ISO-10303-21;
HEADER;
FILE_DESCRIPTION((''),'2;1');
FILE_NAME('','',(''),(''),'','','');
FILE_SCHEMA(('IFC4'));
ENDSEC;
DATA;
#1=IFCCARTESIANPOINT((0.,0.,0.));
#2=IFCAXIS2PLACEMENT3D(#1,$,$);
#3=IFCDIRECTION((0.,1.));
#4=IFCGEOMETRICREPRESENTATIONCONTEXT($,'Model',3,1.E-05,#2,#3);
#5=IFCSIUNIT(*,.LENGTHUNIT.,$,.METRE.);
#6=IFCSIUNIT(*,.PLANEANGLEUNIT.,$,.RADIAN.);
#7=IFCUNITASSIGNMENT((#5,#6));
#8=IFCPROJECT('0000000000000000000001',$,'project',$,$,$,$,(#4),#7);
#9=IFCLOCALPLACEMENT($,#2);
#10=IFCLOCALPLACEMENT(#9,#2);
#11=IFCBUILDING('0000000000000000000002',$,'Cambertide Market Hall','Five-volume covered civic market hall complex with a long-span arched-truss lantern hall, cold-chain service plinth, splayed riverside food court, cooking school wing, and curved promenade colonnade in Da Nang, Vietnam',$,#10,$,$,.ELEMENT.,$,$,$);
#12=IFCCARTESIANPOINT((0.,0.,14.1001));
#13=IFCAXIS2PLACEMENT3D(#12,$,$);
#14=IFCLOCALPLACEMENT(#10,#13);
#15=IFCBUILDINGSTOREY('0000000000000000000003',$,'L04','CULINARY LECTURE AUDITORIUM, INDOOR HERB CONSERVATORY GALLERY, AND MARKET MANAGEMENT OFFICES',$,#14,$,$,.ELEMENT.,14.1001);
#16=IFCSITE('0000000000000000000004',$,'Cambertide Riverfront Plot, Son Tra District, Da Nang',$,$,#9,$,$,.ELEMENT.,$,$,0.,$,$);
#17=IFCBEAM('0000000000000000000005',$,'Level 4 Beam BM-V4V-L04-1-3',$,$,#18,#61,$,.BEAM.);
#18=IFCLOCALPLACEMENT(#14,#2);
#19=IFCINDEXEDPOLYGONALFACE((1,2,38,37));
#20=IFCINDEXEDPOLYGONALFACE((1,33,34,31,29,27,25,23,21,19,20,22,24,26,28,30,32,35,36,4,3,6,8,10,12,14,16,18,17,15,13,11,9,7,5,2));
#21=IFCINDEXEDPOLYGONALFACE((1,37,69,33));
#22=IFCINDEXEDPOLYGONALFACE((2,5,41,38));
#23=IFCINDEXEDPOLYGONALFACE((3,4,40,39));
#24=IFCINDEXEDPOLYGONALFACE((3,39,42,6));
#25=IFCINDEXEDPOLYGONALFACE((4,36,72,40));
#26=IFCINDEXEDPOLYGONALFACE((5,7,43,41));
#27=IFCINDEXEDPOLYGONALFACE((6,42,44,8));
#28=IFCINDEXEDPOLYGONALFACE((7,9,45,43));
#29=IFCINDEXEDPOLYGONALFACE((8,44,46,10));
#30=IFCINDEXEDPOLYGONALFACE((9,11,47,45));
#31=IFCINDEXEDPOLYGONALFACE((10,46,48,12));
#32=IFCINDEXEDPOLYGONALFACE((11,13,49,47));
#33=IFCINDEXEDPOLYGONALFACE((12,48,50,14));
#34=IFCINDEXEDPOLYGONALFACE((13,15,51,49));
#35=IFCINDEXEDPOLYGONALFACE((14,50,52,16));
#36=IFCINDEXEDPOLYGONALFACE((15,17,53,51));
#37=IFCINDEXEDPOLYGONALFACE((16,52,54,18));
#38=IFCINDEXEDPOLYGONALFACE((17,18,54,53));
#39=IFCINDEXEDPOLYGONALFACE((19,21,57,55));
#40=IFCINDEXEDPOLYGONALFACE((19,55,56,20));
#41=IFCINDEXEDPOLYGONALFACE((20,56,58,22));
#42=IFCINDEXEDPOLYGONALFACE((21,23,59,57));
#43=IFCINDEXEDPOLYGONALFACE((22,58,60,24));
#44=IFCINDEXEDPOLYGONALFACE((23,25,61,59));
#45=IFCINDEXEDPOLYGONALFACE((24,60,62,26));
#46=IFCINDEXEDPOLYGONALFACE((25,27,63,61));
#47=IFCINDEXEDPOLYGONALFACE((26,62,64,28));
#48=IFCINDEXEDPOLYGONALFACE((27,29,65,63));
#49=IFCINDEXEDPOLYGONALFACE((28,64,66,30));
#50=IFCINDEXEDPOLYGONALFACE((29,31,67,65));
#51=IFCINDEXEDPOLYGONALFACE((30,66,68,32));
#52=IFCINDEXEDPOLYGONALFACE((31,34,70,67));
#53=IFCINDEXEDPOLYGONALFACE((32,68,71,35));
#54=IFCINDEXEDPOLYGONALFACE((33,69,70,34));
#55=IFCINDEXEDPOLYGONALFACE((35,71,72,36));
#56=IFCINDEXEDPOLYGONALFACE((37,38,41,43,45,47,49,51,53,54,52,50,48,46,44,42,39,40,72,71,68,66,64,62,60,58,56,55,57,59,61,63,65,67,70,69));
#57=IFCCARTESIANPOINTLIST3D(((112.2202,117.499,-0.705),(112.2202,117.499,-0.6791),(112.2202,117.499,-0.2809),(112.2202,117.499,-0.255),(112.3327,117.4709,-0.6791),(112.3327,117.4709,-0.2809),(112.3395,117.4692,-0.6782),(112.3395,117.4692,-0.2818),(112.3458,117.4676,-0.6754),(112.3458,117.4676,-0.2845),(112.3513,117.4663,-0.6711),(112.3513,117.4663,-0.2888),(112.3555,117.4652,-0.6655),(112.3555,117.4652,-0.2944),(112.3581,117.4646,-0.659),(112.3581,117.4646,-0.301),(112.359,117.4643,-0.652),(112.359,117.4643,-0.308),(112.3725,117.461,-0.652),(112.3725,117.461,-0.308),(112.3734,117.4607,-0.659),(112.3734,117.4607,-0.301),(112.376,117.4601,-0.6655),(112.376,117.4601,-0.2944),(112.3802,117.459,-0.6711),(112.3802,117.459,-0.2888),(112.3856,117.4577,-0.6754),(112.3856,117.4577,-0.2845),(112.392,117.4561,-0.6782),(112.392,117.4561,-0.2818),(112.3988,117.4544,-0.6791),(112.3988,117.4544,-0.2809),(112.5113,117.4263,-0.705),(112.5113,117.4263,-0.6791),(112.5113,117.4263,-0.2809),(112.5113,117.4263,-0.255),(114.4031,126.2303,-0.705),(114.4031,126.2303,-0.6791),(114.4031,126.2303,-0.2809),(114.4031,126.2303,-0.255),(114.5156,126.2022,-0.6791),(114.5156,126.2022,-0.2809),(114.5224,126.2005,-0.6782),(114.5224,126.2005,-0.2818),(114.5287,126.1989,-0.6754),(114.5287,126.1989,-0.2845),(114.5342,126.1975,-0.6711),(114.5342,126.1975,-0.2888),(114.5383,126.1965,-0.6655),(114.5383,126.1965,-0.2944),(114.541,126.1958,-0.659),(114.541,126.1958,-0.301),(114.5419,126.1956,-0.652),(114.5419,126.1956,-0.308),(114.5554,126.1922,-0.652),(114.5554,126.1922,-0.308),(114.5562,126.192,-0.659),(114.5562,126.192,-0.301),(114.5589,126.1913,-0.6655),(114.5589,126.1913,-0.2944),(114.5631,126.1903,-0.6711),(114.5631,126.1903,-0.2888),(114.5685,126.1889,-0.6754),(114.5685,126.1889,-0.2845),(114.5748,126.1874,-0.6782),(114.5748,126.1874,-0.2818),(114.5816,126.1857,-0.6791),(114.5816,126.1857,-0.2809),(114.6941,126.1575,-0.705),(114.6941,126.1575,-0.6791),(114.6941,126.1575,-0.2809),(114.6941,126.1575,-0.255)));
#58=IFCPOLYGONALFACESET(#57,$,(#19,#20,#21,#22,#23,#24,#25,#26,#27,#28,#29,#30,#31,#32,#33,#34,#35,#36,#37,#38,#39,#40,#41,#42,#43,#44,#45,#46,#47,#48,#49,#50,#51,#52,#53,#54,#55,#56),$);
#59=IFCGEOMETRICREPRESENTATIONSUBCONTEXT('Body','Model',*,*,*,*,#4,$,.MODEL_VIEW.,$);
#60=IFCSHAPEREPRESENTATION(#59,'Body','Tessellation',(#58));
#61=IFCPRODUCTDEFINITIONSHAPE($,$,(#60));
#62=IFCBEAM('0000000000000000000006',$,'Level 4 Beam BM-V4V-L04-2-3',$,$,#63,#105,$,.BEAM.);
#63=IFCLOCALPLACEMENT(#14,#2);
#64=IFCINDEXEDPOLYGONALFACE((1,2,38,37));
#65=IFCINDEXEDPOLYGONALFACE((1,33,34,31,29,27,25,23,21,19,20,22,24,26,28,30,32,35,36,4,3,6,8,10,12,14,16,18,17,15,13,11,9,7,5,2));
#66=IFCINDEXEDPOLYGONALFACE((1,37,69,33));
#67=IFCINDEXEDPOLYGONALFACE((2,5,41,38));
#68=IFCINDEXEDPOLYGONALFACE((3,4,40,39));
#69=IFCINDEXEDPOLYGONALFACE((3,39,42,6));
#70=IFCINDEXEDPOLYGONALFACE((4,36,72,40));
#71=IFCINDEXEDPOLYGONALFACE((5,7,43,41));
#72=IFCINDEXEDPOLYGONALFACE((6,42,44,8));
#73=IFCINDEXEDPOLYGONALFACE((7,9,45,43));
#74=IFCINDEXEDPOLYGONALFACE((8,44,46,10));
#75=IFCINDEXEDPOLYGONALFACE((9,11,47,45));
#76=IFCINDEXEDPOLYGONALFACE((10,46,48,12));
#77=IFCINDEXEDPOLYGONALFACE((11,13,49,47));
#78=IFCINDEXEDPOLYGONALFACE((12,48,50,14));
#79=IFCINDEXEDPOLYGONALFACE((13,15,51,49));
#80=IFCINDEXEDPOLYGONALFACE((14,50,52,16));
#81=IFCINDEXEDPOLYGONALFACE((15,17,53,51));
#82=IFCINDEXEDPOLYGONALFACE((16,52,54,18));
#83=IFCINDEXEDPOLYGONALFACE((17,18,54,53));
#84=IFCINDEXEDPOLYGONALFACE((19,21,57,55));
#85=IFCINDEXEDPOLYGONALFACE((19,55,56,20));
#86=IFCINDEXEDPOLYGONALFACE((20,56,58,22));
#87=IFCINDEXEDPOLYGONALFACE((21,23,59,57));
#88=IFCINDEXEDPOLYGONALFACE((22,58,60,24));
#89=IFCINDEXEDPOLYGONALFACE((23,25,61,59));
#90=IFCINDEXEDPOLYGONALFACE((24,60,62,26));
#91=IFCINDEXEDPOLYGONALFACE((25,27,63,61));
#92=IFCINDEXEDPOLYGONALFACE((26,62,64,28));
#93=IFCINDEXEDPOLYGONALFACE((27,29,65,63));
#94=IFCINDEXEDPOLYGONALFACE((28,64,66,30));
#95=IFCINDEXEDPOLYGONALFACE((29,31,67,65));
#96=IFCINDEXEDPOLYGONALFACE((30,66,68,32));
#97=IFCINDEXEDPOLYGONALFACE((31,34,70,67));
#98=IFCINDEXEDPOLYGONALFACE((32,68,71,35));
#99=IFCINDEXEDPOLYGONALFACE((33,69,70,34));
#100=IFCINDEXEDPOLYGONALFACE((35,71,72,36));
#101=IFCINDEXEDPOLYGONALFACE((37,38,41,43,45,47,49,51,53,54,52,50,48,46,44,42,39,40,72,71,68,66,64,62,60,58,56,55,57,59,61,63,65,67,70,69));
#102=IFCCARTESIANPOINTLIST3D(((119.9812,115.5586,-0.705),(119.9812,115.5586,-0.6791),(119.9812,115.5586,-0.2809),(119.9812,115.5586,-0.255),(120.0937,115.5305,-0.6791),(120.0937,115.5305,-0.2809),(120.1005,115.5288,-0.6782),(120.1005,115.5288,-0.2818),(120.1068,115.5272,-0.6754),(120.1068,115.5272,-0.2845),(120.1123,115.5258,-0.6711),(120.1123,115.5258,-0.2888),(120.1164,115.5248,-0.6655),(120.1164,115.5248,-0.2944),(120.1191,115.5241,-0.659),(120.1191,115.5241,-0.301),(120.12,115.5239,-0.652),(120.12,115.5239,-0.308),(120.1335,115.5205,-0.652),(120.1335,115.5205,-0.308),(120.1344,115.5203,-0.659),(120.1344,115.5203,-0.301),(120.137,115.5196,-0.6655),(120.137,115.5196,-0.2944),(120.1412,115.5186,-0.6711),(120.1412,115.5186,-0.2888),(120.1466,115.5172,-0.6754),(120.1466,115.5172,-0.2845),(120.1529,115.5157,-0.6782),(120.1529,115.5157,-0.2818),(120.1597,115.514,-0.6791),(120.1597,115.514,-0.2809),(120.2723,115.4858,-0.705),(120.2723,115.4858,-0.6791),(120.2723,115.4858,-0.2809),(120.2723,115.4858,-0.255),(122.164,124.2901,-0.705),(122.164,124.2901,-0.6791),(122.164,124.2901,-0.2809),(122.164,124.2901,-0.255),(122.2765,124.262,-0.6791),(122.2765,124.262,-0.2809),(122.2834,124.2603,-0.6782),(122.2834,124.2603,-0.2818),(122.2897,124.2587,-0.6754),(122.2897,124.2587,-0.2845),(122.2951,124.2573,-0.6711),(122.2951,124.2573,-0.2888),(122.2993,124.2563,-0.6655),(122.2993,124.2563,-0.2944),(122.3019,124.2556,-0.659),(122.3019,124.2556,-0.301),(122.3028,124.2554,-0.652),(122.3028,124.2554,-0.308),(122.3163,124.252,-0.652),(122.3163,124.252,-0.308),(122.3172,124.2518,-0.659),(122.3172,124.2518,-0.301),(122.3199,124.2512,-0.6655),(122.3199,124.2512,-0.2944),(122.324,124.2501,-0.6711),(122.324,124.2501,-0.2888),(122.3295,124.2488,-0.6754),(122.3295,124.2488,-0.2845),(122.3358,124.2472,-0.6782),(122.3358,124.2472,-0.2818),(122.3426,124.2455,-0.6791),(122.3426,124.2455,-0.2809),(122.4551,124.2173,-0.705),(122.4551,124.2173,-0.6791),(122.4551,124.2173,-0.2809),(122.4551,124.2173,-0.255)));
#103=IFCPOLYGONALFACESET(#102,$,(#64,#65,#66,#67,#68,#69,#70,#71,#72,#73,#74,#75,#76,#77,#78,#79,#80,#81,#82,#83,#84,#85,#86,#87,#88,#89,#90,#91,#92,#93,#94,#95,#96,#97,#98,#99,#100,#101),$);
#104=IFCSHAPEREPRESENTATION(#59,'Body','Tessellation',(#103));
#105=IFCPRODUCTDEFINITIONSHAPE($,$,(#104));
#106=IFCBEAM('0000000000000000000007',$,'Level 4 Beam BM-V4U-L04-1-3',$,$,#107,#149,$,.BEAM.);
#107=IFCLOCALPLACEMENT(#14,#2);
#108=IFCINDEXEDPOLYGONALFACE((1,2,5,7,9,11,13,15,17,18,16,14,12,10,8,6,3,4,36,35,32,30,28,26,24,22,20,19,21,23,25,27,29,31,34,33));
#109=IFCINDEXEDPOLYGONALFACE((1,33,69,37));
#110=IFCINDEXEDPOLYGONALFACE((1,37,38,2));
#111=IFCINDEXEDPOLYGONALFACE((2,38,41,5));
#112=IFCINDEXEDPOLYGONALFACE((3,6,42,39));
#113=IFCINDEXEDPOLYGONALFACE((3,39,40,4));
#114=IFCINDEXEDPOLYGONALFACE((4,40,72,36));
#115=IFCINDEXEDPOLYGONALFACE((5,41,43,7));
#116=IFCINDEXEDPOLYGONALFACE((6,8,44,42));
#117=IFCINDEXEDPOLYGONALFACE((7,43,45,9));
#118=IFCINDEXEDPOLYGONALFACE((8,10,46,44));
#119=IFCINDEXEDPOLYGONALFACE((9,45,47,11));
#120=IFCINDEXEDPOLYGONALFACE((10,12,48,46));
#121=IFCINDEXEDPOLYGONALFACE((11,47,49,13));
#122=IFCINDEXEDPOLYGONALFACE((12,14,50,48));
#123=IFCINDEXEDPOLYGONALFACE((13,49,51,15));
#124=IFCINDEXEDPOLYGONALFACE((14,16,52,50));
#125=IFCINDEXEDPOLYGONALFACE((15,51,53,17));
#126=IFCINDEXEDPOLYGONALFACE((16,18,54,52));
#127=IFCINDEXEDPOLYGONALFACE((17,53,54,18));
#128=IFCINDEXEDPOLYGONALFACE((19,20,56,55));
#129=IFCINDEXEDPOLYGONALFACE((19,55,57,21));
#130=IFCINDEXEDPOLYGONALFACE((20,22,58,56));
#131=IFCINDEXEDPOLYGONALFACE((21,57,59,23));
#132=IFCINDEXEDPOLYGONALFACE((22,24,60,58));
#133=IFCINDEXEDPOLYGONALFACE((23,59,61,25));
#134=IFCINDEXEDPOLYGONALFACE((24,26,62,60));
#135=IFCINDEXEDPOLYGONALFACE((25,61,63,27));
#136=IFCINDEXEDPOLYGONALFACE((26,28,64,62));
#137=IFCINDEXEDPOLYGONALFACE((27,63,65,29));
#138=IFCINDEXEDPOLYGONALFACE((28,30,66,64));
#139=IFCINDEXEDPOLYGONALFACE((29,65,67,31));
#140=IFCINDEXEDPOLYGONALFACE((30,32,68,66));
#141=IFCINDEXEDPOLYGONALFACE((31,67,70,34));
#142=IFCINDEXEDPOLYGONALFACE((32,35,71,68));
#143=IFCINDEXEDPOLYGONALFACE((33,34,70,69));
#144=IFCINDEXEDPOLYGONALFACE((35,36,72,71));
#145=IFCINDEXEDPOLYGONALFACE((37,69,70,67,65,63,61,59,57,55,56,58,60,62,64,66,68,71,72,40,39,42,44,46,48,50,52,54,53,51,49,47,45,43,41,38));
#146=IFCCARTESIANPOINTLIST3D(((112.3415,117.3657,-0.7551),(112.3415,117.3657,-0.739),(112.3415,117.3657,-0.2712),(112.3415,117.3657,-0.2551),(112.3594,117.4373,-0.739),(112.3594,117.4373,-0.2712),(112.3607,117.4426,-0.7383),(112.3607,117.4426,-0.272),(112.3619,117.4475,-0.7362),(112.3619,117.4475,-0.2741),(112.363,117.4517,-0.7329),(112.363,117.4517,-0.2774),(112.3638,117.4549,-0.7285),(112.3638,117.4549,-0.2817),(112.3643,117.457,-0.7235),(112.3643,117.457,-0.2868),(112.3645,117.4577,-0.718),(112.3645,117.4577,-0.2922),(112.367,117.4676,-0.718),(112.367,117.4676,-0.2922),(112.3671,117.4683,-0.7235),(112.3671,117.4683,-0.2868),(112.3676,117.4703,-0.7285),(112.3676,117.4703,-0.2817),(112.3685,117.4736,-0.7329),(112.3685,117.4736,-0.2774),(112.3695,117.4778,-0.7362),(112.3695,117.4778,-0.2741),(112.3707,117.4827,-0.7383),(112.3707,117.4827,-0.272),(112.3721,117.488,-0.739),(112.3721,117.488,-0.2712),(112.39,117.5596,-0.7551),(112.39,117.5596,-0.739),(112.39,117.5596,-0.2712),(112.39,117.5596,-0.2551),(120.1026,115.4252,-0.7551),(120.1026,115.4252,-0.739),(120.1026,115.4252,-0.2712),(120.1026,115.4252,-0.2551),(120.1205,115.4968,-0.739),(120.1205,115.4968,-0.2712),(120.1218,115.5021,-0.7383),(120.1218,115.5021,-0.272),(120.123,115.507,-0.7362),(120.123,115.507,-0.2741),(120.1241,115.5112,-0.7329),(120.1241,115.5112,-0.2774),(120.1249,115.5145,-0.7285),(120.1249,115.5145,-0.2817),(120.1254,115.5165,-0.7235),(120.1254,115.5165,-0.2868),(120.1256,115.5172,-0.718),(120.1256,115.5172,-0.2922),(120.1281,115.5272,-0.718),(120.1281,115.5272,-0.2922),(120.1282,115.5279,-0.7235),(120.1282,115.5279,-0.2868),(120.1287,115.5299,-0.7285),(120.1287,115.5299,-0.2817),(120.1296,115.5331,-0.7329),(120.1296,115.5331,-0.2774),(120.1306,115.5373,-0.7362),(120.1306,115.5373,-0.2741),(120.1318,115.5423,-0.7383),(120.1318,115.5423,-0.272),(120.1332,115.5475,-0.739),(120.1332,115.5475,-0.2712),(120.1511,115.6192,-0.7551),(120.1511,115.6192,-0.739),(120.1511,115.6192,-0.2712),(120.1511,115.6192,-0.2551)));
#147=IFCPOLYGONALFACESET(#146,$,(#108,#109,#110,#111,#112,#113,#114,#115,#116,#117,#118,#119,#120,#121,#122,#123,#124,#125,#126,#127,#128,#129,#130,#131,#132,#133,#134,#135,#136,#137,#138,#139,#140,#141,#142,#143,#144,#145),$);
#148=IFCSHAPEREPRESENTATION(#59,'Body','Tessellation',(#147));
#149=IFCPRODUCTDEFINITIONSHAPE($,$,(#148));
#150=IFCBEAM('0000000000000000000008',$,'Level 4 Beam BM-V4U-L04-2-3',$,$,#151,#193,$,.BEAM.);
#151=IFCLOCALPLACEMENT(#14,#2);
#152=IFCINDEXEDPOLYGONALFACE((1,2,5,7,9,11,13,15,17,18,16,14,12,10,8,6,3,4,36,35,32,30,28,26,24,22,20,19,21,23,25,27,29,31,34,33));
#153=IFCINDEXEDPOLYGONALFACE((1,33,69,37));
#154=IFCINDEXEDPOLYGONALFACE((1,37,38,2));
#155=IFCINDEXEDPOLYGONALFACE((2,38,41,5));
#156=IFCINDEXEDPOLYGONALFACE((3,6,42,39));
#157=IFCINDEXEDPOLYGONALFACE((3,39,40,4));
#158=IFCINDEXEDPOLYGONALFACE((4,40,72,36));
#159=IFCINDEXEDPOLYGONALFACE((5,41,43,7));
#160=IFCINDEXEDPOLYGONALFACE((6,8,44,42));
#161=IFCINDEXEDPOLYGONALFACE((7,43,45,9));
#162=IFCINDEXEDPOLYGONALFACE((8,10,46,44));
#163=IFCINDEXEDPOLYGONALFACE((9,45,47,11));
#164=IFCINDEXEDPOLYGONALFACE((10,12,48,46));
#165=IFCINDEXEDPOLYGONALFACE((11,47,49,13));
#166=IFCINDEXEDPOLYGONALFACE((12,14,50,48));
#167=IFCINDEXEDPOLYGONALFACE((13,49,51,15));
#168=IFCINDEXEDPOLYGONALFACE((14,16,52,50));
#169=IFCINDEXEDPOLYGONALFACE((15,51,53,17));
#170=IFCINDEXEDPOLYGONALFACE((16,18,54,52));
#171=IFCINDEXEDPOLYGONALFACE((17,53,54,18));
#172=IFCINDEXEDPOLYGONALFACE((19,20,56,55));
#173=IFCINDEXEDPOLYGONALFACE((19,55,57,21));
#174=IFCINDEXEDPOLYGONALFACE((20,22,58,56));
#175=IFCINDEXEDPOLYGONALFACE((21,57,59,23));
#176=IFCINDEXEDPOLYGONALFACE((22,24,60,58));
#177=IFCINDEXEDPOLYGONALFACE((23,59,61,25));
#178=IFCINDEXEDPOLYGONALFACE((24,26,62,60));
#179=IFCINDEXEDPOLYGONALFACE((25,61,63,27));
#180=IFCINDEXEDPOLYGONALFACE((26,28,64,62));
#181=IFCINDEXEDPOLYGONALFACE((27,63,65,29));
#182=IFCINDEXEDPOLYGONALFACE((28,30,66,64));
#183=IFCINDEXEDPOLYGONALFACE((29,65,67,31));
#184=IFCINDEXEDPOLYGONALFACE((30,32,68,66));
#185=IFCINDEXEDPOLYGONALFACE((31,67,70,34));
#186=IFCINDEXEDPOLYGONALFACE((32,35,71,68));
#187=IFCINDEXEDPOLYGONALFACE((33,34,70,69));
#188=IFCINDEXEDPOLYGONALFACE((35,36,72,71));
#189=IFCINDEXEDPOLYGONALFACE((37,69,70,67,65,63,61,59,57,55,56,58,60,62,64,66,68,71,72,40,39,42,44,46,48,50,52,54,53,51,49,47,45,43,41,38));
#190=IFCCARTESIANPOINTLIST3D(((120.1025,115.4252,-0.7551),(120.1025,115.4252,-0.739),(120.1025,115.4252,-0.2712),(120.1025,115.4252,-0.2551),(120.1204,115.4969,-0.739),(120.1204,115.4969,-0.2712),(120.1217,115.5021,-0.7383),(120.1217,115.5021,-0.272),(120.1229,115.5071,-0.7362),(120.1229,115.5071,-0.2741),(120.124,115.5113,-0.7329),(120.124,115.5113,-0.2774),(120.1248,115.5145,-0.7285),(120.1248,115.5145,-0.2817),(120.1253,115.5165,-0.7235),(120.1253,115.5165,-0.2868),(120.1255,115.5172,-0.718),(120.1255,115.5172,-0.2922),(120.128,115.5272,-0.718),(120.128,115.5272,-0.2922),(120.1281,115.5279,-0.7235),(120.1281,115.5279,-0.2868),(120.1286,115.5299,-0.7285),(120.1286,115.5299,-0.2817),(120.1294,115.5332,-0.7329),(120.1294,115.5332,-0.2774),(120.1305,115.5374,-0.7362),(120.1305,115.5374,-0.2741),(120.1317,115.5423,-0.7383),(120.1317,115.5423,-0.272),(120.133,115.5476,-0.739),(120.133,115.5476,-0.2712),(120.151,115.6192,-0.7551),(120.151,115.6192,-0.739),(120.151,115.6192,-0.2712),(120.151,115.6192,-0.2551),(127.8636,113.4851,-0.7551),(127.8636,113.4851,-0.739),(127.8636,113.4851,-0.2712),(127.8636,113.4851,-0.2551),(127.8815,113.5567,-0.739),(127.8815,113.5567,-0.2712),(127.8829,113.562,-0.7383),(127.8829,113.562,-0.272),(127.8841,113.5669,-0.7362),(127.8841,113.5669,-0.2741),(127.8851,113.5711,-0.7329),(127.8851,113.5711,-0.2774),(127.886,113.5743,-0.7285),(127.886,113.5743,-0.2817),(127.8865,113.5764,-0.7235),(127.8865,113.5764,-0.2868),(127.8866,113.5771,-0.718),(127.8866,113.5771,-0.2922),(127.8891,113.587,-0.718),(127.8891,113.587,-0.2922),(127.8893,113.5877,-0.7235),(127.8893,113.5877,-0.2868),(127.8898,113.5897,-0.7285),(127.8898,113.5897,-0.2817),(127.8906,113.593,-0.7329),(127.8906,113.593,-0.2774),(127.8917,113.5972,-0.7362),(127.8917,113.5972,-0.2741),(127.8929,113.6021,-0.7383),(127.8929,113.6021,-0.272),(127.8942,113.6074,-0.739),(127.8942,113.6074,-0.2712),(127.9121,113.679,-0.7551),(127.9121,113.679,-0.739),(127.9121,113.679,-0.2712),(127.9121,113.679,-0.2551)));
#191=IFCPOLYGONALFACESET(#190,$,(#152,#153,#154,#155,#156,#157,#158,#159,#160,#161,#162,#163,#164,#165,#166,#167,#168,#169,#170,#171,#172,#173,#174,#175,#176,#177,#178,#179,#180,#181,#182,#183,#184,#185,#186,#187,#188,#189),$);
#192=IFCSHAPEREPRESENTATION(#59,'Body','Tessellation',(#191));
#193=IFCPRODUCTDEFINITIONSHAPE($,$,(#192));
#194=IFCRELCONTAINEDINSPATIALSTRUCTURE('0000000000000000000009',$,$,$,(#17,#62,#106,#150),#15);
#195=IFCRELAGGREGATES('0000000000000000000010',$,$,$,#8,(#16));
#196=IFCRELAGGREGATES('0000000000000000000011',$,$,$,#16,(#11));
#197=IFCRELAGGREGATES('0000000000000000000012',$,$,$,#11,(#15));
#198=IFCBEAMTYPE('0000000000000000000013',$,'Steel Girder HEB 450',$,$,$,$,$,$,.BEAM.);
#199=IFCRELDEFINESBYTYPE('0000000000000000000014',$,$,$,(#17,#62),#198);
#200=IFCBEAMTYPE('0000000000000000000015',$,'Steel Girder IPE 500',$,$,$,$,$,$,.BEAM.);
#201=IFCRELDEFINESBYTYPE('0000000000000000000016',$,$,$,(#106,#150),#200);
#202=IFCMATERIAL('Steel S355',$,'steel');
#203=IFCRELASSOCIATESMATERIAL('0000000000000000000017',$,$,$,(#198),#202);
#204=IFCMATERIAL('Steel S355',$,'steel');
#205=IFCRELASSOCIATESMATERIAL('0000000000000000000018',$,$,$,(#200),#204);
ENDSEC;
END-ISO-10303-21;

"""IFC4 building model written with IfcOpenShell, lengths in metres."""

from ifc_helpers import new_model, si_unit, direction, frame, origin, origin_2d, place, context, subcontext, project, spatial, i_section, extrude, material, material_profile, profile_set, type_object, element, save


model = new_model("IFC4")

# Units and contexts
model_context = context("Model", 3, precision=1e-05, world=origin(), true_north=direction((0.0, 1.0)))
body_context = subcontext(model_context, "Body", "Model", "MODEL_VIEW")
ifc_project = project(units=[si_unit("LENGTHUNIT", "METRE"), si_unit("PLANEANGLEUNIT", "RADIAN")], contexts=[model_context])

# Site, building, storey
site_placement = place(None, origin())
site = spatial("IfcSite", under=ifc_project, at=site_placement, Name="Cambertide Riverfront Plot, Son Tra District, Da Nang", CompositionType="ELEMENT", RefElevation=0.0)
building_placement = place(site_placement, origin())
building = spatial("IfcBuilding", under=site, at=building_placement, Name="Cambertide Market Hall", Description="Five-volume covered civic market hall complex with a long-span arched-truss lantern hall, cold-chain service plinth, splayed riverside food court, cooking school wing, and curved promenade colonnade in Da Nang, Vietnam", CompositionType="ELEMENT")
storey_placement = place(building_placement, frame((0.0, 0.0, 14.1001)))
storey = spatial("IfcBuildingStorey", under=building, at=storey_placement, Name="L04", Description="CULINARY LECTURE AUDITORIUM, INDOOR HERB CONSERVATORY GALLERY, AND MARKET MANAGEMENT OFFICES", CompositionType="ELEMENT", Elevation=14.1001)

# Beams
ifc_material_1 = material(Name="Steel S355", Category="steel")
ifc_material_profile_1 = material_profile(ifc_material_1, i_section(OverallWidth=0.3, OverallDepth=0.45, WebThickness=0.0139, FlangeThickness=0.0259, FilletRadius=0.0271, at=origin_2d()), Name="HEB 450")
ifc_profile_set_1 = profile_set([ifc_material_profile_1], Name="Steel S355")
beam_type_1 = type_object("IfcBeamType", Name="Steel Girder HEB 450", PredefinedType="BEAM", material=ifc_profile_set_1)
beam_1_placement = place(storey_placement, frame((112.3657, 117.4626, -0.48), z_axis=(0.242542, 0.970141, 0.0), x_axis=(-0.970141, 0.242542, 0.0)))
element("IfcBeam", 1, at=beam_1_placement, inside=storey, type_object=beam_type_1, Name="Level 4 Beam BM-V4V-L04-1-3", PredefinedType="BEAM", context=body_context, shape_type="SweptSolid", body=[
    extrude(i_section(OverallWidth=0.3, OverallDepth=0.45, WebThickness=0.0139, FlangeThickness=0.0259, FilletRadius=0.0271, at=origin_2d()), origin(), (0.0, 0.0, 1.0), 9.0),
])
beam_2_placement = place(storey_placement, frame((120.1267, 115.5222, -0.48), z_axis=(0.242536, 0.970143, 0.0), x_axis=(-0.970143, 0.242536, 0.0)))
element("IfcBeam", 2, at=beam_2_placement, inside=storey, type_object=beam_type_1, Name="Level 4 Beam BM-V4V-L04-2-3", PredefinedType="BEAM", context=body_context, shape_type="SweptSolid", body=[
    extrude(i_section(OverallWidth=0.3, OverallDepth=0.45, WebThickness=0.0139, FlangeThickness=0.0259, FilletRadius=0.0271, at=origin_2d()), origin(), (0.0, 0.0, 1.0), 9.0002),
])
ifc_material_2 = material(Name="Steel S355", Category="steel")
ifc_material_profile_2 = material_profile(ifc_material_2, i_section(OverallWidth=0.2, OverallDepth=0.5, WebThickness=0.0103, FlangeThickness=0.0161, FilletRadius=0.021, at=origin_2d()), Name="IPE 500")
ifc_profile_set_2 = profile_set([ifc_material_profile_2], Name="Steel S355")
beam_type_2 = type_object("IfcBeamType", Name="Steel Girder IPE 500", PredefinedType="BEAM", material=ifc_profile_set_2)
for number, where, z_axis, x_axis, name in (
    (3, (112.3657, 117.4626, -0.5051), (0.970137, -0.242557, 0.0), (0.242557, 0.970137, 0.0), "Level 4 Beam BM-V4U-L04-1-3"),
    (4, (120.1267, 115.5222, -0.5051), (0.970146, -0.242521, 0.0), (0.242521, 0.970146, 0.0), "Level 4 Beam BM-V4U-L04-2-3"),
):
    element("IfcBeam", number, at=place(storey_placement, frame(where, z_axis=z_axis, x_axis=x_axis)), inside=storey, type_object=beam_type_2, Name=name, PredefinedType="BEAM", context=body_context, shape_type="SweptSolid", body=[
        extrude(i_section(OverallWidth=0.2, OverallDepth=0.5, WebThickness=0.0103, FlangeThickness=0.0161, FilletRadius=0.021, at=origin_2d()), origin(), (0.0, 0.0, 1.0), 8.0),
    ])

save(model, "model.ifc")
